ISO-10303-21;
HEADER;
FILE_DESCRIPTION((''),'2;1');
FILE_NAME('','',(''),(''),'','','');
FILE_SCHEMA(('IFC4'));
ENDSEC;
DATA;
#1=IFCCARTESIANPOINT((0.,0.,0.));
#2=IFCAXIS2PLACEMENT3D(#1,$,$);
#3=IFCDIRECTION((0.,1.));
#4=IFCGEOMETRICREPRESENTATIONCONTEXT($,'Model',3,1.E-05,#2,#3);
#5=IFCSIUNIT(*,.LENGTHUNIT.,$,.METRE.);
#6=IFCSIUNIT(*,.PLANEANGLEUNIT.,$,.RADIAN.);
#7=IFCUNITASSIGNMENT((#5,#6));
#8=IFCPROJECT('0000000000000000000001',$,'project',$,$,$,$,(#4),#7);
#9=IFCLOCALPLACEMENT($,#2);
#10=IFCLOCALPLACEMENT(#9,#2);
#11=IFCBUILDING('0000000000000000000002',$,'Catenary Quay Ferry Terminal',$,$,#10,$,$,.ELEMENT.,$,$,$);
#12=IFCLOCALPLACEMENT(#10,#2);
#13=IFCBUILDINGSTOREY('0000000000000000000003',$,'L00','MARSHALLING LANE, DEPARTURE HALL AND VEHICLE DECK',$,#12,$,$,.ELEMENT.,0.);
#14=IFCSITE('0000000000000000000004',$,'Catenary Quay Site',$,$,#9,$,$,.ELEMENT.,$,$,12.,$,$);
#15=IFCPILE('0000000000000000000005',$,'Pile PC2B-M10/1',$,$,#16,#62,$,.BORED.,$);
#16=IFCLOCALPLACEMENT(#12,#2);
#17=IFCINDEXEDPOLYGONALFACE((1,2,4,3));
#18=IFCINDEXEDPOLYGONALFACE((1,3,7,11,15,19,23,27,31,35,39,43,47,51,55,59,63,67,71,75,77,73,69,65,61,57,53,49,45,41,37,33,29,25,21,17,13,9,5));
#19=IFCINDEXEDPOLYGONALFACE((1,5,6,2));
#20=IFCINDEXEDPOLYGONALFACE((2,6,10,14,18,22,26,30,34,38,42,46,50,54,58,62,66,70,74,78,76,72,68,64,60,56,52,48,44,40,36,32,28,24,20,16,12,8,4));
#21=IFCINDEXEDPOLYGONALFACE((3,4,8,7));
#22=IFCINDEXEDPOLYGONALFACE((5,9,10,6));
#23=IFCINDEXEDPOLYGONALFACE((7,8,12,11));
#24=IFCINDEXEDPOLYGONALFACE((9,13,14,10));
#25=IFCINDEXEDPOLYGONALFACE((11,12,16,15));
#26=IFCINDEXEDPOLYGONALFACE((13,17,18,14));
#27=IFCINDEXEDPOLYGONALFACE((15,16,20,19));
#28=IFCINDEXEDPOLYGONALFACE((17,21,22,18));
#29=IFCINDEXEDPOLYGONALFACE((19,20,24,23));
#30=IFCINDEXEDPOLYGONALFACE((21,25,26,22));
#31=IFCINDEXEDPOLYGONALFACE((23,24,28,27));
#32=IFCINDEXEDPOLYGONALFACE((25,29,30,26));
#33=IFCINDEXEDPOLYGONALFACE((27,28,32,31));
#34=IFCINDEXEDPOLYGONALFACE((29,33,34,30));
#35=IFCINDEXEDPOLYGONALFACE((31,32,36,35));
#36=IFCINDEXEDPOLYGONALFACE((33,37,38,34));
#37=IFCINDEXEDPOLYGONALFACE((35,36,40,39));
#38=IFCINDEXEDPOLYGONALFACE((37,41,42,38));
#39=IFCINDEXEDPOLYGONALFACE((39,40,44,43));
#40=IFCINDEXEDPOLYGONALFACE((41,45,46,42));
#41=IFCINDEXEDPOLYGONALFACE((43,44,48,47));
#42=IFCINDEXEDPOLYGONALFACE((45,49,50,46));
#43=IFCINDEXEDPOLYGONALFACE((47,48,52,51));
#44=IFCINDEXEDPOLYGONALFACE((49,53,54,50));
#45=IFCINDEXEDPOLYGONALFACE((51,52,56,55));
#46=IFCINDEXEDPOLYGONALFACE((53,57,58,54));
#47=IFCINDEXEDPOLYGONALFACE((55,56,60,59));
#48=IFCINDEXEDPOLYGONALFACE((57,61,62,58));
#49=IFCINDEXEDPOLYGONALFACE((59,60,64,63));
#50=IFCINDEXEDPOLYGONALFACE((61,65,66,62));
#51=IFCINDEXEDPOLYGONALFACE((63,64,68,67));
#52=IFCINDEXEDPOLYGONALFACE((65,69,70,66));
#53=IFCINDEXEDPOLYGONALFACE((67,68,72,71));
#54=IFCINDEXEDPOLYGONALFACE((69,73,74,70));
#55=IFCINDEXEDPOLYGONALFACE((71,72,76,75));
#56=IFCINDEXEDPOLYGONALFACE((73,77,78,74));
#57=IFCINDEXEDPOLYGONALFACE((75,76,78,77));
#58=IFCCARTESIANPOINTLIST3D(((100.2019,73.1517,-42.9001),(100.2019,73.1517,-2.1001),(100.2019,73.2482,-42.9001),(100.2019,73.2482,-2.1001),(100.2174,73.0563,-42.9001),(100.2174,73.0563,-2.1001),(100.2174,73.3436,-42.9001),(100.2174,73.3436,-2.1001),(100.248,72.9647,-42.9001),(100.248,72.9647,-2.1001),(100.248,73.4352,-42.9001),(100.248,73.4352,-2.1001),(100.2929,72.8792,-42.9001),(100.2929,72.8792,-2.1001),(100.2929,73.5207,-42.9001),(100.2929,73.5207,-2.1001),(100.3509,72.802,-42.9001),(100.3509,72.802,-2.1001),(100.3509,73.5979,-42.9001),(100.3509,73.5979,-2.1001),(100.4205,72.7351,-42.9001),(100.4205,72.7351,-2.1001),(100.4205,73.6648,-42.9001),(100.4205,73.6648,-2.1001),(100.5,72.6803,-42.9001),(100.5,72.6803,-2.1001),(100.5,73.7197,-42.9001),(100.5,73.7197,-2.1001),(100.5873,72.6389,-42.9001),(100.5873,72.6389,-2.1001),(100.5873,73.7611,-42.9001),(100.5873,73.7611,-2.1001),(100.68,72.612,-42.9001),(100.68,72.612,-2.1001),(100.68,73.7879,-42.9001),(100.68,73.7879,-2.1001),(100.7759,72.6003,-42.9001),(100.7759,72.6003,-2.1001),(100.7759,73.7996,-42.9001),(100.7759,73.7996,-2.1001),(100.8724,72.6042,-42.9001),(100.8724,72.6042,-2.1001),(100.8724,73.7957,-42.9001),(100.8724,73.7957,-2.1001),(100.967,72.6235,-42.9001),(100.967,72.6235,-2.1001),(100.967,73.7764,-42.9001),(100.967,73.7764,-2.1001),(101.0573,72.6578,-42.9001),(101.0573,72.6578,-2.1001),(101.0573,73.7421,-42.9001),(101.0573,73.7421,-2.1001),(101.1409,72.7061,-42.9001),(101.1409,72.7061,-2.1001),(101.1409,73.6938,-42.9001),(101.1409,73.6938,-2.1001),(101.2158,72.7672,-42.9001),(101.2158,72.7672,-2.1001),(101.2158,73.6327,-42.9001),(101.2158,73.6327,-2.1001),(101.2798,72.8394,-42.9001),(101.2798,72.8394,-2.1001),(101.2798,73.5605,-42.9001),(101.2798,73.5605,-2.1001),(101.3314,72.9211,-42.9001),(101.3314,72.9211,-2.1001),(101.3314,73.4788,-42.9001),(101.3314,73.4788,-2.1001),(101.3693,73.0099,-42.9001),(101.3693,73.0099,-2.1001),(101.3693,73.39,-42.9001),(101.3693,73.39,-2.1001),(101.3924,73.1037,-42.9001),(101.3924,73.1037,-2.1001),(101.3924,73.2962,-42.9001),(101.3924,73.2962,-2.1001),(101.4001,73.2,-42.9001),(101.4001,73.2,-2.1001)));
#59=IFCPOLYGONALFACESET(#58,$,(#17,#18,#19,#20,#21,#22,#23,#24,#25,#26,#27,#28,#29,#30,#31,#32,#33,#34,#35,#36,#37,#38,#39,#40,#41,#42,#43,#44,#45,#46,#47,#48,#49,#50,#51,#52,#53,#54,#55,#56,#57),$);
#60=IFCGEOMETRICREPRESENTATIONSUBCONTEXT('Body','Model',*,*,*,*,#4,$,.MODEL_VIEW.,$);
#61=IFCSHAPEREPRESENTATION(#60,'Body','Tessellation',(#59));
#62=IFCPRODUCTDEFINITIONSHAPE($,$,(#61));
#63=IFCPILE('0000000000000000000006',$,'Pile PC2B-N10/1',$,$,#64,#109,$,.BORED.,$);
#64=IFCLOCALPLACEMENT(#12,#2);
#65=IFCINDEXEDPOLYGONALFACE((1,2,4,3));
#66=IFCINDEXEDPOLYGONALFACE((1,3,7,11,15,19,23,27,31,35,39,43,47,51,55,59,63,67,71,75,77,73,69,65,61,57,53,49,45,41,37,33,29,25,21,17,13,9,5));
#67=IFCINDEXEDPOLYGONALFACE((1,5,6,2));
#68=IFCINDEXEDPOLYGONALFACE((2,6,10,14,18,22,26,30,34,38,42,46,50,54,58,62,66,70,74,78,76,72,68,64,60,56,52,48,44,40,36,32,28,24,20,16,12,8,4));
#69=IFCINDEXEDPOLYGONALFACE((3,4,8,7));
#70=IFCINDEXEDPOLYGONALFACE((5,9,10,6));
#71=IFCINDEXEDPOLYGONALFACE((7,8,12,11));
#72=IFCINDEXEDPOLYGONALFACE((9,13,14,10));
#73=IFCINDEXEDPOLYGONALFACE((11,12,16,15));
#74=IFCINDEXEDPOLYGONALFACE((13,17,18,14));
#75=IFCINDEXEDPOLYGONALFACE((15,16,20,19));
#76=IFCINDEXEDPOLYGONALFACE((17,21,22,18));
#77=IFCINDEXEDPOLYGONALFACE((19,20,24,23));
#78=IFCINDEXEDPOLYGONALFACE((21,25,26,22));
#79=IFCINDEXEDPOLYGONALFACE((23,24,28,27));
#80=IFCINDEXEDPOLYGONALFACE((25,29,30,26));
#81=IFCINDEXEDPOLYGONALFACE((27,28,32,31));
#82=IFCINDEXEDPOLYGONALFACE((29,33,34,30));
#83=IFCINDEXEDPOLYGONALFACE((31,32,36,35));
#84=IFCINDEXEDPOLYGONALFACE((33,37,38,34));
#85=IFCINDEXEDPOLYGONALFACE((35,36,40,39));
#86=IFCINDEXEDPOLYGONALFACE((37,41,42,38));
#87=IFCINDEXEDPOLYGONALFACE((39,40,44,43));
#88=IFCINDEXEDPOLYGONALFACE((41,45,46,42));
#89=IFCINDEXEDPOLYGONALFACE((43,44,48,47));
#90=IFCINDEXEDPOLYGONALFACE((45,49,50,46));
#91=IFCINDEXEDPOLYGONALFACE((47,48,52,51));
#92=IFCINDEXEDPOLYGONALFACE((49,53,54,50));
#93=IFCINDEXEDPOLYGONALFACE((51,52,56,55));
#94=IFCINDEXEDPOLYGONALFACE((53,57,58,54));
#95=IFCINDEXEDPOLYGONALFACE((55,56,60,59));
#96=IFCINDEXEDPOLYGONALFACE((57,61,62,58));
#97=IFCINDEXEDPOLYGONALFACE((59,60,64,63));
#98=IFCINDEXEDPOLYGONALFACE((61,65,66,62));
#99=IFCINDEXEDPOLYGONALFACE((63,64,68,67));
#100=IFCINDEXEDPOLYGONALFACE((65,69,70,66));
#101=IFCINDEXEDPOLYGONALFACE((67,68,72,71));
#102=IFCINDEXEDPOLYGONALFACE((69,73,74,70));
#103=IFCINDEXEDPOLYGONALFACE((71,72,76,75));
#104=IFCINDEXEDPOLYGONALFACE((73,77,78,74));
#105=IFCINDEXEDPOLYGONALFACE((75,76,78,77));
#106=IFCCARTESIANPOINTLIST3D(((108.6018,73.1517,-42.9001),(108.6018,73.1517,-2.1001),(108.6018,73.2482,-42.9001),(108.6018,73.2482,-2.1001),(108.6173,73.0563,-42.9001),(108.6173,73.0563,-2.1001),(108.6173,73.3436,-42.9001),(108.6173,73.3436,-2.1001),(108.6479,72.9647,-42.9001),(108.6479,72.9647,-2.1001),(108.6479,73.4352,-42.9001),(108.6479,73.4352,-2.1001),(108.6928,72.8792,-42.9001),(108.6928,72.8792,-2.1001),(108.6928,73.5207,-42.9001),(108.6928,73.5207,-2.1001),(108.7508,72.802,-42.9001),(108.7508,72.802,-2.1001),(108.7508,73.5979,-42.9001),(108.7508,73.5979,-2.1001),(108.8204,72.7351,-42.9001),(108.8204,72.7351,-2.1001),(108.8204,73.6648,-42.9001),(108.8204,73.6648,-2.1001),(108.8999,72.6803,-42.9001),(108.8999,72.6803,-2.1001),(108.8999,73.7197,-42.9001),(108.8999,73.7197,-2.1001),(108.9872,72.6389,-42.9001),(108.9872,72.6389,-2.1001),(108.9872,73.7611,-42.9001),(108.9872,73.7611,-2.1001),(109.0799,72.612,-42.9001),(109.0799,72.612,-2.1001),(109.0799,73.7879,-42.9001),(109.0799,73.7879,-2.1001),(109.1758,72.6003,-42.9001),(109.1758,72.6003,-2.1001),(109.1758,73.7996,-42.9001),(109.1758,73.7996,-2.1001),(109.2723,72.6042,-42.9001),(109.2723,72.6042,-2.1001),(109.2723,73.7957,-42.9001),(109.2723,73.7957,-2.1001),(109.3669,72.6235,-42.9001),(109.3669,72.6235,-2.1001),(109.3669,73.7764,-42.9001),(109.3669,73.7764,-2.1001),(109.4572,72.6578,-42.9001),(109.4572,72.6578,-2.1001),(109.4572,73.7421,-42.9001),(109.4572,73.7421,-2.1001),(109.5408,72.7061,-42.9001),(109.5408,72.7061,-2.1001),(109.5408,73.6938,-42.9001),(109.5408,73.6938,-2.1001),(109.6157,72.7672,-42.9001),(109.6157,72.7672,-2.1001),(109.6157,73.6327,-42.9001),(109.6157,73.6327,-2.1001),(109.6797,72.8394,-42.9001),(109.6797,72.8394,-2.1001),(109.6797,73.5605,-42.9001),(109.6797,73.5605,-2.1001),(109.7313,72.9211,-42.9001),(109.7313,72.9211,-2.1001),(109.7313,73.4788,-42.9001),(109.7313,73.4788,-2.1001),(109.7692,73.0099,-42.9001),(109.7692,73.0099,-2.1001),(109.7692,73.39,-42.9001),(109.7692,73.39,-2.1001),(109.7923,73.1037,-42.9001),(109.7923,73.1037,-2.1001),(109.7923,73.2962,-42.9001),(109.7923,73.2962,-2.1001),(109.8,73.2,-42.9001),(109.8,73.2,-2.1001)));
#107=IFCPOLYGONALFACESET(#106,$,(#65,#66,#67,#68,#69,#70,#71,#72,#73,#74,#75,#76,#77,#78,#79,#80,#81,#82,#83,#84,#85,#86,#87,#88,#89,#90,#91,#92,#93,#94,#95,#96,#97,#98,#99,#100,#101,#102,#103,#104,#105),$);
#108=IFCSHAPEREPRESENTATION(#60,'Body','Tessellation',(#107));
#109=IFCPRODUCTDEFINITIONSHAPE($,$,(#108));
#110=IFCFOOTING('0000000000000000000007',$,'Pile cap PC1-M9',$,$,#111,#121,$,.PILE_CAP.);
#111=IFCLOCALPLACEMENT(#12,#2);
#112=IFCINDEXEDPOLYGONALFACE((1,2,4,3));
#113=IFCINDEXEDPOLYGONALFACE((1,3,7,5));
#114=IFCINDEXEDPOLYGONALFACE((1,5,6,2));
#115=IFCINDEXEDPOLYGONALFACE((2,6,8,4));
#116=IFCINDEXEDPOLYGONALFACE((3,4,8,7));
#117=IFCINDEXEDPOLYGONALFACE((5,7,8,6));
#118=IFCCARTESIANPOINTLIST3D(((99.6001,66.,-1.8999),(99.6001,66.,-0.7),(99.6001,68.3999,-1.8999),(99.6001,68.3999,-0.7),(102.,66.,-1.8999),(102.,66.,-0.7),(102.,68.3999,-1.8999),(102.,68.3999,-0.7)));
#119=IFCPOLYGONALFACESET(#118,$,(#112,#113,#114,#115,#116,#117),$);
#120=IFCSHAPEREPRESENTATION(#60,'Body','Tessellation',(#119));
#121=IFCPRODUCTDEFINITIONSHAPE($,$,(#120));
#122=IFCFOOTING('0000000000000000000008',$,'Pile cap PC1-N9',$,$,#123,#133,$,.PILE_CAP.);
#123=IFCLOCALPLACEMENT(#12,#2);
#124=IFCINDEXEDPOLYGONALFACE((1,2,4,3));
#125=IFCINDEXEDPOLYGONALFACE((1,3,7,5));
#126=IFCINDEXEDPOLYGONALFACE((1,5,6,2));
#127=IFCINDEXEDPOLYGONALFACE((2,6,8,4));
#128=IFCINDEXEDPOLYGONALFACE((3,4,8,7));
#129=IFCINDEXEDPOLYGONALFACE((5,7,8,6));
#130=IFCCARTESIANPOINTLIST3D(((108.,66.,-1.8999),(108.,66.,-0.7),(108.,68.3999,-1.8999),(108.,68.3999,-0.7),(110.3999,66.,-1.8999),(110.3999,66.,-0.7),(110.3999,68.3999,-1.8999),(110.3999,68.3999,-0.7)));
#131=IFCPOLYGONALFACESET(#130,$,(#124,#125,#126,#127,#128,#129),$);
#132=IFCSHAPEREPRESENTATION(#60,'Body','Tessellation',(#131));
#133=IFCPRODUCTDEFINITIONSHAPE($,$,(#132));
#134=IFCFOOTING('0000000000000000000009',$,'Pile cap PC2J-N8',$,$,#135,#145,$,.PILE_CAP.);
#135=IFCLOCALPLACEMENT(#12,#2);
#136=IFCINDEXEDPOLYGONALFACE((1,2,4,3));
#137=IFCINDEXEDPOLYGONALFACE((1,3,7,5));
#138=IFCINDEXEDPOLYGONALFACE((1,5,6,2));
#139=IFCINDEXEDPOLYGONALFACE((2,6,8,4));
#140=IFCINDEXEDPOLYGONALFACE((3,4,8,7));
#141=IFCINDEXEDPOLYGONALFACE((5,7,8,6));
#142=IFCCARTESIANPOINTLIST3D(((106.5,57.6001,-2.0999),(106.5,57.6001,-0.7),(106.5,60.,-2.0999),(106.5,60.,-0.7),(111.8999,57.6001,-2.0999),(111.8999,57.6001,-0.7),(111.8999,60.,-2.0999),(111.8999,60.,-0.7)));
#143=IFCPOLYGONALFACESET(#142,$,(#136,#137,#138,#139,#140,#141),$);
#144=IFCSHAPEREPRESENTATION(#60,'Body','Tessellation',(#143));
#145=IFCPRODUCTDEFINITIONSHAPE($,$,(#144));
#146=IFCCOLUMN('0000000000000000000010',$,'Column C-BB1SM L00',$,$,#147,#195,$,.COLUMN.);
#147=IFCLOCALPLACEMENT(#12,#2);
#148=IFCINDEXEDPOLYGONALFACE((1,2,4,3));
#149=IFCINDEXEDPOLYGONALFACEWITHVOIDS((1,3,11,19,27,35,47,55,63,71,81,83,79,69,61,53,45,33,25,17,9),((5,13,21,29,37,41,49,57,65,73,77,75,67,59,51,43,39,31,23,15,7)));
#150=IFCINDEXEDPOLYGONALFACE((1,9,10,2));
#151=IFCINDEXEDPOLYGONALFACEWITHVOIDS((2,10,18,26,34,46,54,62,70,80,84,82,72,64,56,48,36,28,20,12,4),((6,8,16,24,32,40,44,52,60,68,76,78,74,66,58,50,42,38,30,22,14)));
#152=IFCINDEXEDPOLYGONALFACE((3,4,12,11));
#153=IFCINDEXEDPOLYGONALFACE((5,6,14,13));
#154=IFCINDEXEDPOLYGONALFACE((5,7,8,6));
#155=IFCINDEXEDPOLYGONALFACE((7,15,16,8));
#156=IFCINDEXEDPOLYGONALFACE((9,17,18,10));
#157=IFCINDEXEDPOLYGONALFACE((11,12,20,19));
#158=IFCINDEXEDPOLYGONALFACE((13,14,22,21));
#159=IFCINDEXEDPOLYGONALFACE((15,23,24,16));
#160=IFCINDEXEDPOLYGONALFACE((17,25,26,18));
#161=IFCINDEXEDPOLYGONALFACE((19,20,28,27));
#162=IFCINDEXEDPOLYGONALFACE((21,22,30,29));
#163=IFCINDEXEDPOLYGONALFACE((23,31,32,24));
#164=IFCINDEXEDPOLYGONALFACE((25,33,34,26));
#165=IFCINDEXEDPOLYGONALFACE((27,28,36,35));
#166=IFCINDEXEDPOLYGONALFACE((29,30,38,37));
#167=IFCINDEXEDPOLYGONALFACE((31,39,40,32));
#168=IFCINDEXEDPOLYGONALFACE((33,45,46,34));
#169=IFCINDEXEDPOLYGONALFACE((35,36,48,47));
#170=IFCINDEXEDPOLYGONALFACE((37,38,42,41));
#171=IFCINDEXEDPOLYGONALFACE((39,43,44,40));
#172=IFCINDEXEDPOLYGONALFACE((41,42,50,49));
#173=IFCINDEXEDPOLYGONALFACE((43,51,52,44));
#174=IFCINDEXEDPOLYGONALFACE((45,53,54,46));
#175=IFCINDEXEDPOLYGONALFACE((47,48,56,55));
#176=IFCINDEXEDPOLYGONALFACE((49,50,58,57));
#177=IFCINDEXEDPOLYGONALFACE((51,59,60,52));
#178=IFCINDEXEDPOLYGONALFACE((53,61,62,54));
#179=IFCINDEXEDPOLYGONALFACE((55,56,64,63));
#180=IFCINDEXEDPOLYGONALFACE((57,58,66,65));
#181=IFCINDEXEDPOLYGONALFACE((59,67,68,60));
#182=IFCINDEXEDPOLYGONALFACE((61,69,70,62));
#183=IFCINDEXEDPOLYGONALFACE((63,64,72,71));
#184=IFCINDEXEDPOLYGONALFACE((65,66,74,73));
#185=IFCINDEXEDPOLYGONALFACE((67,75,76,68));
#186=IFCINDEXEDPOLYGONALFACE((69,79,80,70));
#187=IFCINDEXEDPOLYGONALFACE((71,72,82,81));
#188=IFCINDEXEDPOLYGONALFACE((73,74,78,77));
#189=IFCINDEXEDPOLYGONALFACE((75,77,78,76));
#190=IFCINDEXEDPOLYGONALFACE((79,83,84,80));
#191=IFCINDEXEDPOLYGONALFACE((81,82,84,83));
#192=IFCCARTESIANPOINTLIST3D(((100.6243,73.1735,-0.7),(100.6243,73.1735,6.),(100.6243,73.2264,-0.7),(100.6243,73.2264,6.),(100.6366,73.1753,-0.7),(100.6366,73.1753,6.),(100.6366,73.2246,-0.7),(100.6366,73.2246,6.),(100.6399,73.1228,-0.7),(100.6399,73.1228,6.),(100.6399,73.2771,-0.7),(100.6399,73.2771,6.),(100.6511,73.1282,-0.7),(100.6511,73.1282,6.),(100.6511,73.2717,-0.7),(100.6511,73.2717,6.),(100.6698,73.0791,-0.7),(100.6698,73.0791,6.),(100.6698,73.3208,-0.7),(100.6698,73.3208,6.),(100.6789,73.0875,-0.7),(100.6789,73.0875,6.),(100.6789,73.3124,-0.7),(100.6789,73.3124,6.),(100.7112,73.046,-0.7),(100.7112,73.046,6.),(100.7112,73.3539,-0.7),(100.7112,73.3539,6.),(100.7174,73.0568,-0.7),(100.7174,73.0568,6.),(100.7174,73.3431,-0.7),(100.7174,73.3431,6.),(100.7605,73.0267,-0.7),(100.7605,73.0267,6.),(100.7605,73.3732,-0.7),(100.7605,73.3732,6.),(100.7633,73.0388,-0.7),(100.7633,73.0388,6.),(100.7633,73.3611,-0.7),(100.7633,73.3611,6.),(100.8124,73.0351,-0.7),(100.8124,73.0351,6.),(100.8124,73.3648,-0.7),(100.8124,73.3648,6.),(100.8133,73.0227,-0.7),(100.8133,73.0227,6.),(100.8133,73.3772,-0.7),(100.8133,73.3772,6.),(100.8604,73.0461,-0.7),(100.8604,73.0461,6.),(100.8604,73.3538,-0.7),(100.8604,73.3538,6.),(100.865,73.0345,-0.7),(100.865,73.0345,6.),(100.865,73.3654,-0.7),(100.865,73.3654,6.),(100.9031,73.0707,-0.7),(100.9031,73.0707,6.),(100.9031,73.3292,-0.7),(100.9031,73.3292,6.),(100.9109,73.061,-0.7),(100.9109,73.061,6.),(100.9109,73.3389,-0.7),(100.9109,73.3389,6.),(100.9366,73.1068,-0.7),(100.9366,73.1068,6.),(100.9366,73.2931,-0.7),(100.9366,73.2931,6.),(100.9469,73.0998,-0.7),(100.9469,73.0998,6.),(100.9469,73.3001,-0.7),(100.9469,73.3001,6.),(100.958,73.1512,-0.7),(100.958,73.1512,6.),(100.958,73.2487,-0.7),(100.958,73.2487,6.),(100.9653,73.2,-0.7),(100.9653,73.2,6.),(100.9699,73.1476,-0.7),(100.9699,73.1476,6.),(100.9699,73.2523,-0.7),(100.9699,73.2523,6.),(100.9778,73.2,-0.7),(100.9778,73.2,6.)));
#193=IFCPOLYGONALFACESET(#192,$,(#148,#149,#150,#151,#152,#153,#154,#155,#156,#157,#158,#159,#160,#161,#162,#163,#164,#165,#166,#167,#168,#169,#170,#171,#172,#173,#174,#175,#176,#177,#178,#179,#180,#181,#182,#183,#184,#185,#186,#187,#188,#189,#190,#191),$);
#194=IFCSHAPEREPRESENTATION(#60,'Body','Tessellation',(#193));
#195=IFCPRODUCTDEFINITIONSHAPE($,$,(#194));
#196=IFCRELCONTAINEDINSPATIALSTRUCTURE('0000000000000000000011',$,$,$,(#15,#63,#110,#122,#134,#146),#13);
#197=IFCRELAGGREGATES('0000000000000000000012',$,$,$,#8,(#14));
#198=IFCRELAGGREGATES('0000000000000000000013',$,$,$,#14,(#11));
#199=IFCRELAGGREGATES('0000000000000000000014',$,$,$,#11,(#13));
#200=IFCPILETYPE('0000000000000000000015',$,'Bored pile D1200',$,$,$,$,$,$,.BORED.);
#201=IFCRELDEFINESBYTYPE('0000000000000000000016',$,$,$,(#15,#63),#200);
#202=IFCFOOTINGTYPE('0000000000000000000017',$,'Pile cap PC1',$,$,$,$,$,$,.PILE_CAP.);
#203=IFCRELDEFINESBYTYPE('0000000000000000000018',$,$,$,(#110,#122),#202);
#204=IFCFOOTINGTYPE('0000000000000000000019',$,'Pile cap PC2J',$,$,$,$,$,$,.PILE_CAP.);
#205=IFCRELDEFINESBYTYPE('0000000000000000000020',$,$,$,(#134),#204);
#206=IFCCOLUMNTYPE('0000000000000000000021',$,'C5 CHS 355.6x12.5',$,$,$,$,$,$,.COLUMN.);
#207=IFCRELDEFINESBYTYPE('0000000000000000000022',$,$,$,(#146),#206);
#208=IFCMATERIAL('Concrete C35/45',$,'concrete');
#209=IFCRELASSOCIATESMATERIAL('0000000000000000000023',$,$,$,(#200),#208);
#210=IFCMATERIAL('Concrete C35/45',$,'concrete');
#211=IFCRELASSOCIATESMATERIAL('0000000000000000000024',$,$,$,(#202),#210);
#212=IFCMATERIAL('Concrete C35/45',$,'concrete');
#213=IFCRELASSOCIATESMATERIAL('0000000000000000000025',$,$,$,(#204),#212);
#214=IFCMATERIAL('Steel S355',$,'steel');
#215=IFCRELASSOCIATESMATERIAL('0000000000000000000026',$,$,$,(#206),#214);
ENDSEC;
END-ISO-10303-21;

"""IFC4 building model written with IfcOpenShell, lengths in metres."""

from ifc_helpers import new_model, si_unit, direction, frame, origin, origin_2d, place, context, subcontext, project, spatial, rectangle, circle, hollow_circle, extrude, material, material_profile, profile_set, type_object, element, save


model = new_model("IFC4")

# Units and contexts
model_context = context("Model", 3, precision=1e-05, world=origin(), true_north=direction((0.0, 1.0)))
body_context = subcontext(model_context, "Body", "Model", "MODEL_VIEW")
ifc_project = project(units=[si_unit("LENGTHUNIT", "METRE"), si_unit("PLANEANGLEUNIT", "RADIAN")], contexts=[model_context])

# Site, building, storey
site_placement = place(None, origin())
site = spatial("IfcSite", under=ifc_project, at=site_placement, Name="Catenary Quay Site", CompositionType="ELEMENT", RefElevation=12.0)
building_placement = place(site_placement, origin())
building = spatial("IfcBuilding", under=site, at=building_placement, Name="Catenary Quay Ferry Terminal", CompositionType="ELEMENT")
storey_placement = place(building_placement, origin())
storey = spatial("IfcBuildingStorey", under=building, at=storey_placement, Name="L00", Description="MARSHALLING LANE, DEPARTURE HALL AND VEHICLE DECK", CompositionType="ELEMENT", Elevation=0.0)

# Piles
ifc_material_1 = material(Name="Concrete C35/45", Category="concrete")
ifc_material_profile_1 = material_profile(ifc_material_1, circle(Radius=0.6001, at=origin_2d()), Name="D1200")
ifc_profile_set_1 = profile_set([ifc_material_profile_1], Name="Concrete C35/45")
pile_type = type_object("IfcPileType", Name="Bored pile D1200", PredefinedType="BORED", material=ifc_profile_set_1)
for number, where, z_axis, x_axis, name in (
    (1, (100.8, 73.2, -2.1001), (0.0, 0.0, -1.0), (1.0, 0.0, 0.0), "Pile PC2B-M10/1"),
    (2, (109.2, 73.2, -2.1001), (0.0, 0.0, -1.0), (1.0, 0.0, 0.0), "Pile PC2B-N10/1"),
):
    element("IfcPile", number, at=place(storey_placement, frame(where, z_axis=z_axis, x_axis=x_axis)), inside=storey, type_object=pile_type, Name=name, PredefinedType="BORED", context=body_context, shape_type="SweptSolid", body=[
        extrude(circle(Radius=0.6001, at=origin_2d()), origin(), (0.0, 0.0, 1.0), 40.8),
    ])

# Footings
ifc_material_2 = material(Name="Concrete C35/45", Category="concrete")
footing_type_1 = type_object("IfcFootingType", Name="Pile cap PC1", PredefinedType="PILE_CAP", material=ifc_material_2)
for number, where, z_axis, x_axis, name in (
    (3, (100.8, 67.2, -1.8999), (0.0, 0.0, 1.0), (1.0, 0.0, 0.0), "Pile cap PC1-M9"),
    (4, (109.2, 67.2, -1.8999), (0.0, 0.0, 1.0), (1.0, 0.0, 0.0), "Pile cap PC1-N9"),
):
    element("IfcFooting", number, at=place(storey_placement, frame(where, z_axis=z_axis, x_axis=x_axis)), inside=storey, type_object=footing_type_1, Name=name, PredefinedType="PILE_CAP", context=body_context, shape_type="SweptSolid", body=[
        extrude(rectangle(XDim=2.3999, YDim=2.3999, at=origin_2d()), origin(), (0.0, 0.0, 1.0), 1.2),
    ])
ifc_material_3 = material(Name="Concrete C35/45", Category="concrete")
footing_type_2 = type_object("IfcFootingType", Name="Pile cap PC2J", PredefinedType="PILE_CAP", material=ifc_material_3)
footing_placement = place(storey_placement, frame((109.2, 58.8, -2.0999), z_axis=(0.0, 0.0, 1.0), x_axis=(1.0, 0.0, 0.0)))
element("IfcFooting", 5, at=footing_placement, inside=storey, type_object=footing_type_2, Name="Pile cap PC2J-N8", PredefinedType="PILE_CAP", context=body_context, shape_type="SweptSolid", body=[
    extrude(rectangle(XDim=5.3999, YDim=2.3999, at=origin_2d()), origin(), (0.0, 0.0, 1.0), 1.3999),
])

# Column
ifc_material_4 = material(Name="Steel S355", Category="steel")
ifc_material_profile_2 = material_profile(ifc_material_4, hollow_circle(Radius=0.1777, WallThickness=0.0125, at=origin_2d()), Name="CHS 355.6x12.5")
ifc_profile_set_2 = profile_set([ifc_material_profile_2], Name="Steel S355")
column_type = type_object("IfcColumnType", Name="C5 CHS 355.6x12.5", PredefinedType="COLUMN", material=ifc_profile_set_2)
column_placement = place(storey_placement, frame((100.8, 73.2, -0.7), z_axis=(0.0, 0.0, 1.0), x_axis=(1.0, 0.0, 0.0)))
element("IfcColumn", 6, at=column_placement, inside=storey, type_object=column_type, Name="Column C-BB1SM L00", PredefinedType="COLUMN", context=body_context, shape_type="SweptSolid", body=[
    extrude(hollow_circle(Radius=0.1777, WallThickness=0.0125, at=origin_2d()), origin(), (0.0, 0.0, 1.0), 6.7),
])

save(model, "model.ifc")
